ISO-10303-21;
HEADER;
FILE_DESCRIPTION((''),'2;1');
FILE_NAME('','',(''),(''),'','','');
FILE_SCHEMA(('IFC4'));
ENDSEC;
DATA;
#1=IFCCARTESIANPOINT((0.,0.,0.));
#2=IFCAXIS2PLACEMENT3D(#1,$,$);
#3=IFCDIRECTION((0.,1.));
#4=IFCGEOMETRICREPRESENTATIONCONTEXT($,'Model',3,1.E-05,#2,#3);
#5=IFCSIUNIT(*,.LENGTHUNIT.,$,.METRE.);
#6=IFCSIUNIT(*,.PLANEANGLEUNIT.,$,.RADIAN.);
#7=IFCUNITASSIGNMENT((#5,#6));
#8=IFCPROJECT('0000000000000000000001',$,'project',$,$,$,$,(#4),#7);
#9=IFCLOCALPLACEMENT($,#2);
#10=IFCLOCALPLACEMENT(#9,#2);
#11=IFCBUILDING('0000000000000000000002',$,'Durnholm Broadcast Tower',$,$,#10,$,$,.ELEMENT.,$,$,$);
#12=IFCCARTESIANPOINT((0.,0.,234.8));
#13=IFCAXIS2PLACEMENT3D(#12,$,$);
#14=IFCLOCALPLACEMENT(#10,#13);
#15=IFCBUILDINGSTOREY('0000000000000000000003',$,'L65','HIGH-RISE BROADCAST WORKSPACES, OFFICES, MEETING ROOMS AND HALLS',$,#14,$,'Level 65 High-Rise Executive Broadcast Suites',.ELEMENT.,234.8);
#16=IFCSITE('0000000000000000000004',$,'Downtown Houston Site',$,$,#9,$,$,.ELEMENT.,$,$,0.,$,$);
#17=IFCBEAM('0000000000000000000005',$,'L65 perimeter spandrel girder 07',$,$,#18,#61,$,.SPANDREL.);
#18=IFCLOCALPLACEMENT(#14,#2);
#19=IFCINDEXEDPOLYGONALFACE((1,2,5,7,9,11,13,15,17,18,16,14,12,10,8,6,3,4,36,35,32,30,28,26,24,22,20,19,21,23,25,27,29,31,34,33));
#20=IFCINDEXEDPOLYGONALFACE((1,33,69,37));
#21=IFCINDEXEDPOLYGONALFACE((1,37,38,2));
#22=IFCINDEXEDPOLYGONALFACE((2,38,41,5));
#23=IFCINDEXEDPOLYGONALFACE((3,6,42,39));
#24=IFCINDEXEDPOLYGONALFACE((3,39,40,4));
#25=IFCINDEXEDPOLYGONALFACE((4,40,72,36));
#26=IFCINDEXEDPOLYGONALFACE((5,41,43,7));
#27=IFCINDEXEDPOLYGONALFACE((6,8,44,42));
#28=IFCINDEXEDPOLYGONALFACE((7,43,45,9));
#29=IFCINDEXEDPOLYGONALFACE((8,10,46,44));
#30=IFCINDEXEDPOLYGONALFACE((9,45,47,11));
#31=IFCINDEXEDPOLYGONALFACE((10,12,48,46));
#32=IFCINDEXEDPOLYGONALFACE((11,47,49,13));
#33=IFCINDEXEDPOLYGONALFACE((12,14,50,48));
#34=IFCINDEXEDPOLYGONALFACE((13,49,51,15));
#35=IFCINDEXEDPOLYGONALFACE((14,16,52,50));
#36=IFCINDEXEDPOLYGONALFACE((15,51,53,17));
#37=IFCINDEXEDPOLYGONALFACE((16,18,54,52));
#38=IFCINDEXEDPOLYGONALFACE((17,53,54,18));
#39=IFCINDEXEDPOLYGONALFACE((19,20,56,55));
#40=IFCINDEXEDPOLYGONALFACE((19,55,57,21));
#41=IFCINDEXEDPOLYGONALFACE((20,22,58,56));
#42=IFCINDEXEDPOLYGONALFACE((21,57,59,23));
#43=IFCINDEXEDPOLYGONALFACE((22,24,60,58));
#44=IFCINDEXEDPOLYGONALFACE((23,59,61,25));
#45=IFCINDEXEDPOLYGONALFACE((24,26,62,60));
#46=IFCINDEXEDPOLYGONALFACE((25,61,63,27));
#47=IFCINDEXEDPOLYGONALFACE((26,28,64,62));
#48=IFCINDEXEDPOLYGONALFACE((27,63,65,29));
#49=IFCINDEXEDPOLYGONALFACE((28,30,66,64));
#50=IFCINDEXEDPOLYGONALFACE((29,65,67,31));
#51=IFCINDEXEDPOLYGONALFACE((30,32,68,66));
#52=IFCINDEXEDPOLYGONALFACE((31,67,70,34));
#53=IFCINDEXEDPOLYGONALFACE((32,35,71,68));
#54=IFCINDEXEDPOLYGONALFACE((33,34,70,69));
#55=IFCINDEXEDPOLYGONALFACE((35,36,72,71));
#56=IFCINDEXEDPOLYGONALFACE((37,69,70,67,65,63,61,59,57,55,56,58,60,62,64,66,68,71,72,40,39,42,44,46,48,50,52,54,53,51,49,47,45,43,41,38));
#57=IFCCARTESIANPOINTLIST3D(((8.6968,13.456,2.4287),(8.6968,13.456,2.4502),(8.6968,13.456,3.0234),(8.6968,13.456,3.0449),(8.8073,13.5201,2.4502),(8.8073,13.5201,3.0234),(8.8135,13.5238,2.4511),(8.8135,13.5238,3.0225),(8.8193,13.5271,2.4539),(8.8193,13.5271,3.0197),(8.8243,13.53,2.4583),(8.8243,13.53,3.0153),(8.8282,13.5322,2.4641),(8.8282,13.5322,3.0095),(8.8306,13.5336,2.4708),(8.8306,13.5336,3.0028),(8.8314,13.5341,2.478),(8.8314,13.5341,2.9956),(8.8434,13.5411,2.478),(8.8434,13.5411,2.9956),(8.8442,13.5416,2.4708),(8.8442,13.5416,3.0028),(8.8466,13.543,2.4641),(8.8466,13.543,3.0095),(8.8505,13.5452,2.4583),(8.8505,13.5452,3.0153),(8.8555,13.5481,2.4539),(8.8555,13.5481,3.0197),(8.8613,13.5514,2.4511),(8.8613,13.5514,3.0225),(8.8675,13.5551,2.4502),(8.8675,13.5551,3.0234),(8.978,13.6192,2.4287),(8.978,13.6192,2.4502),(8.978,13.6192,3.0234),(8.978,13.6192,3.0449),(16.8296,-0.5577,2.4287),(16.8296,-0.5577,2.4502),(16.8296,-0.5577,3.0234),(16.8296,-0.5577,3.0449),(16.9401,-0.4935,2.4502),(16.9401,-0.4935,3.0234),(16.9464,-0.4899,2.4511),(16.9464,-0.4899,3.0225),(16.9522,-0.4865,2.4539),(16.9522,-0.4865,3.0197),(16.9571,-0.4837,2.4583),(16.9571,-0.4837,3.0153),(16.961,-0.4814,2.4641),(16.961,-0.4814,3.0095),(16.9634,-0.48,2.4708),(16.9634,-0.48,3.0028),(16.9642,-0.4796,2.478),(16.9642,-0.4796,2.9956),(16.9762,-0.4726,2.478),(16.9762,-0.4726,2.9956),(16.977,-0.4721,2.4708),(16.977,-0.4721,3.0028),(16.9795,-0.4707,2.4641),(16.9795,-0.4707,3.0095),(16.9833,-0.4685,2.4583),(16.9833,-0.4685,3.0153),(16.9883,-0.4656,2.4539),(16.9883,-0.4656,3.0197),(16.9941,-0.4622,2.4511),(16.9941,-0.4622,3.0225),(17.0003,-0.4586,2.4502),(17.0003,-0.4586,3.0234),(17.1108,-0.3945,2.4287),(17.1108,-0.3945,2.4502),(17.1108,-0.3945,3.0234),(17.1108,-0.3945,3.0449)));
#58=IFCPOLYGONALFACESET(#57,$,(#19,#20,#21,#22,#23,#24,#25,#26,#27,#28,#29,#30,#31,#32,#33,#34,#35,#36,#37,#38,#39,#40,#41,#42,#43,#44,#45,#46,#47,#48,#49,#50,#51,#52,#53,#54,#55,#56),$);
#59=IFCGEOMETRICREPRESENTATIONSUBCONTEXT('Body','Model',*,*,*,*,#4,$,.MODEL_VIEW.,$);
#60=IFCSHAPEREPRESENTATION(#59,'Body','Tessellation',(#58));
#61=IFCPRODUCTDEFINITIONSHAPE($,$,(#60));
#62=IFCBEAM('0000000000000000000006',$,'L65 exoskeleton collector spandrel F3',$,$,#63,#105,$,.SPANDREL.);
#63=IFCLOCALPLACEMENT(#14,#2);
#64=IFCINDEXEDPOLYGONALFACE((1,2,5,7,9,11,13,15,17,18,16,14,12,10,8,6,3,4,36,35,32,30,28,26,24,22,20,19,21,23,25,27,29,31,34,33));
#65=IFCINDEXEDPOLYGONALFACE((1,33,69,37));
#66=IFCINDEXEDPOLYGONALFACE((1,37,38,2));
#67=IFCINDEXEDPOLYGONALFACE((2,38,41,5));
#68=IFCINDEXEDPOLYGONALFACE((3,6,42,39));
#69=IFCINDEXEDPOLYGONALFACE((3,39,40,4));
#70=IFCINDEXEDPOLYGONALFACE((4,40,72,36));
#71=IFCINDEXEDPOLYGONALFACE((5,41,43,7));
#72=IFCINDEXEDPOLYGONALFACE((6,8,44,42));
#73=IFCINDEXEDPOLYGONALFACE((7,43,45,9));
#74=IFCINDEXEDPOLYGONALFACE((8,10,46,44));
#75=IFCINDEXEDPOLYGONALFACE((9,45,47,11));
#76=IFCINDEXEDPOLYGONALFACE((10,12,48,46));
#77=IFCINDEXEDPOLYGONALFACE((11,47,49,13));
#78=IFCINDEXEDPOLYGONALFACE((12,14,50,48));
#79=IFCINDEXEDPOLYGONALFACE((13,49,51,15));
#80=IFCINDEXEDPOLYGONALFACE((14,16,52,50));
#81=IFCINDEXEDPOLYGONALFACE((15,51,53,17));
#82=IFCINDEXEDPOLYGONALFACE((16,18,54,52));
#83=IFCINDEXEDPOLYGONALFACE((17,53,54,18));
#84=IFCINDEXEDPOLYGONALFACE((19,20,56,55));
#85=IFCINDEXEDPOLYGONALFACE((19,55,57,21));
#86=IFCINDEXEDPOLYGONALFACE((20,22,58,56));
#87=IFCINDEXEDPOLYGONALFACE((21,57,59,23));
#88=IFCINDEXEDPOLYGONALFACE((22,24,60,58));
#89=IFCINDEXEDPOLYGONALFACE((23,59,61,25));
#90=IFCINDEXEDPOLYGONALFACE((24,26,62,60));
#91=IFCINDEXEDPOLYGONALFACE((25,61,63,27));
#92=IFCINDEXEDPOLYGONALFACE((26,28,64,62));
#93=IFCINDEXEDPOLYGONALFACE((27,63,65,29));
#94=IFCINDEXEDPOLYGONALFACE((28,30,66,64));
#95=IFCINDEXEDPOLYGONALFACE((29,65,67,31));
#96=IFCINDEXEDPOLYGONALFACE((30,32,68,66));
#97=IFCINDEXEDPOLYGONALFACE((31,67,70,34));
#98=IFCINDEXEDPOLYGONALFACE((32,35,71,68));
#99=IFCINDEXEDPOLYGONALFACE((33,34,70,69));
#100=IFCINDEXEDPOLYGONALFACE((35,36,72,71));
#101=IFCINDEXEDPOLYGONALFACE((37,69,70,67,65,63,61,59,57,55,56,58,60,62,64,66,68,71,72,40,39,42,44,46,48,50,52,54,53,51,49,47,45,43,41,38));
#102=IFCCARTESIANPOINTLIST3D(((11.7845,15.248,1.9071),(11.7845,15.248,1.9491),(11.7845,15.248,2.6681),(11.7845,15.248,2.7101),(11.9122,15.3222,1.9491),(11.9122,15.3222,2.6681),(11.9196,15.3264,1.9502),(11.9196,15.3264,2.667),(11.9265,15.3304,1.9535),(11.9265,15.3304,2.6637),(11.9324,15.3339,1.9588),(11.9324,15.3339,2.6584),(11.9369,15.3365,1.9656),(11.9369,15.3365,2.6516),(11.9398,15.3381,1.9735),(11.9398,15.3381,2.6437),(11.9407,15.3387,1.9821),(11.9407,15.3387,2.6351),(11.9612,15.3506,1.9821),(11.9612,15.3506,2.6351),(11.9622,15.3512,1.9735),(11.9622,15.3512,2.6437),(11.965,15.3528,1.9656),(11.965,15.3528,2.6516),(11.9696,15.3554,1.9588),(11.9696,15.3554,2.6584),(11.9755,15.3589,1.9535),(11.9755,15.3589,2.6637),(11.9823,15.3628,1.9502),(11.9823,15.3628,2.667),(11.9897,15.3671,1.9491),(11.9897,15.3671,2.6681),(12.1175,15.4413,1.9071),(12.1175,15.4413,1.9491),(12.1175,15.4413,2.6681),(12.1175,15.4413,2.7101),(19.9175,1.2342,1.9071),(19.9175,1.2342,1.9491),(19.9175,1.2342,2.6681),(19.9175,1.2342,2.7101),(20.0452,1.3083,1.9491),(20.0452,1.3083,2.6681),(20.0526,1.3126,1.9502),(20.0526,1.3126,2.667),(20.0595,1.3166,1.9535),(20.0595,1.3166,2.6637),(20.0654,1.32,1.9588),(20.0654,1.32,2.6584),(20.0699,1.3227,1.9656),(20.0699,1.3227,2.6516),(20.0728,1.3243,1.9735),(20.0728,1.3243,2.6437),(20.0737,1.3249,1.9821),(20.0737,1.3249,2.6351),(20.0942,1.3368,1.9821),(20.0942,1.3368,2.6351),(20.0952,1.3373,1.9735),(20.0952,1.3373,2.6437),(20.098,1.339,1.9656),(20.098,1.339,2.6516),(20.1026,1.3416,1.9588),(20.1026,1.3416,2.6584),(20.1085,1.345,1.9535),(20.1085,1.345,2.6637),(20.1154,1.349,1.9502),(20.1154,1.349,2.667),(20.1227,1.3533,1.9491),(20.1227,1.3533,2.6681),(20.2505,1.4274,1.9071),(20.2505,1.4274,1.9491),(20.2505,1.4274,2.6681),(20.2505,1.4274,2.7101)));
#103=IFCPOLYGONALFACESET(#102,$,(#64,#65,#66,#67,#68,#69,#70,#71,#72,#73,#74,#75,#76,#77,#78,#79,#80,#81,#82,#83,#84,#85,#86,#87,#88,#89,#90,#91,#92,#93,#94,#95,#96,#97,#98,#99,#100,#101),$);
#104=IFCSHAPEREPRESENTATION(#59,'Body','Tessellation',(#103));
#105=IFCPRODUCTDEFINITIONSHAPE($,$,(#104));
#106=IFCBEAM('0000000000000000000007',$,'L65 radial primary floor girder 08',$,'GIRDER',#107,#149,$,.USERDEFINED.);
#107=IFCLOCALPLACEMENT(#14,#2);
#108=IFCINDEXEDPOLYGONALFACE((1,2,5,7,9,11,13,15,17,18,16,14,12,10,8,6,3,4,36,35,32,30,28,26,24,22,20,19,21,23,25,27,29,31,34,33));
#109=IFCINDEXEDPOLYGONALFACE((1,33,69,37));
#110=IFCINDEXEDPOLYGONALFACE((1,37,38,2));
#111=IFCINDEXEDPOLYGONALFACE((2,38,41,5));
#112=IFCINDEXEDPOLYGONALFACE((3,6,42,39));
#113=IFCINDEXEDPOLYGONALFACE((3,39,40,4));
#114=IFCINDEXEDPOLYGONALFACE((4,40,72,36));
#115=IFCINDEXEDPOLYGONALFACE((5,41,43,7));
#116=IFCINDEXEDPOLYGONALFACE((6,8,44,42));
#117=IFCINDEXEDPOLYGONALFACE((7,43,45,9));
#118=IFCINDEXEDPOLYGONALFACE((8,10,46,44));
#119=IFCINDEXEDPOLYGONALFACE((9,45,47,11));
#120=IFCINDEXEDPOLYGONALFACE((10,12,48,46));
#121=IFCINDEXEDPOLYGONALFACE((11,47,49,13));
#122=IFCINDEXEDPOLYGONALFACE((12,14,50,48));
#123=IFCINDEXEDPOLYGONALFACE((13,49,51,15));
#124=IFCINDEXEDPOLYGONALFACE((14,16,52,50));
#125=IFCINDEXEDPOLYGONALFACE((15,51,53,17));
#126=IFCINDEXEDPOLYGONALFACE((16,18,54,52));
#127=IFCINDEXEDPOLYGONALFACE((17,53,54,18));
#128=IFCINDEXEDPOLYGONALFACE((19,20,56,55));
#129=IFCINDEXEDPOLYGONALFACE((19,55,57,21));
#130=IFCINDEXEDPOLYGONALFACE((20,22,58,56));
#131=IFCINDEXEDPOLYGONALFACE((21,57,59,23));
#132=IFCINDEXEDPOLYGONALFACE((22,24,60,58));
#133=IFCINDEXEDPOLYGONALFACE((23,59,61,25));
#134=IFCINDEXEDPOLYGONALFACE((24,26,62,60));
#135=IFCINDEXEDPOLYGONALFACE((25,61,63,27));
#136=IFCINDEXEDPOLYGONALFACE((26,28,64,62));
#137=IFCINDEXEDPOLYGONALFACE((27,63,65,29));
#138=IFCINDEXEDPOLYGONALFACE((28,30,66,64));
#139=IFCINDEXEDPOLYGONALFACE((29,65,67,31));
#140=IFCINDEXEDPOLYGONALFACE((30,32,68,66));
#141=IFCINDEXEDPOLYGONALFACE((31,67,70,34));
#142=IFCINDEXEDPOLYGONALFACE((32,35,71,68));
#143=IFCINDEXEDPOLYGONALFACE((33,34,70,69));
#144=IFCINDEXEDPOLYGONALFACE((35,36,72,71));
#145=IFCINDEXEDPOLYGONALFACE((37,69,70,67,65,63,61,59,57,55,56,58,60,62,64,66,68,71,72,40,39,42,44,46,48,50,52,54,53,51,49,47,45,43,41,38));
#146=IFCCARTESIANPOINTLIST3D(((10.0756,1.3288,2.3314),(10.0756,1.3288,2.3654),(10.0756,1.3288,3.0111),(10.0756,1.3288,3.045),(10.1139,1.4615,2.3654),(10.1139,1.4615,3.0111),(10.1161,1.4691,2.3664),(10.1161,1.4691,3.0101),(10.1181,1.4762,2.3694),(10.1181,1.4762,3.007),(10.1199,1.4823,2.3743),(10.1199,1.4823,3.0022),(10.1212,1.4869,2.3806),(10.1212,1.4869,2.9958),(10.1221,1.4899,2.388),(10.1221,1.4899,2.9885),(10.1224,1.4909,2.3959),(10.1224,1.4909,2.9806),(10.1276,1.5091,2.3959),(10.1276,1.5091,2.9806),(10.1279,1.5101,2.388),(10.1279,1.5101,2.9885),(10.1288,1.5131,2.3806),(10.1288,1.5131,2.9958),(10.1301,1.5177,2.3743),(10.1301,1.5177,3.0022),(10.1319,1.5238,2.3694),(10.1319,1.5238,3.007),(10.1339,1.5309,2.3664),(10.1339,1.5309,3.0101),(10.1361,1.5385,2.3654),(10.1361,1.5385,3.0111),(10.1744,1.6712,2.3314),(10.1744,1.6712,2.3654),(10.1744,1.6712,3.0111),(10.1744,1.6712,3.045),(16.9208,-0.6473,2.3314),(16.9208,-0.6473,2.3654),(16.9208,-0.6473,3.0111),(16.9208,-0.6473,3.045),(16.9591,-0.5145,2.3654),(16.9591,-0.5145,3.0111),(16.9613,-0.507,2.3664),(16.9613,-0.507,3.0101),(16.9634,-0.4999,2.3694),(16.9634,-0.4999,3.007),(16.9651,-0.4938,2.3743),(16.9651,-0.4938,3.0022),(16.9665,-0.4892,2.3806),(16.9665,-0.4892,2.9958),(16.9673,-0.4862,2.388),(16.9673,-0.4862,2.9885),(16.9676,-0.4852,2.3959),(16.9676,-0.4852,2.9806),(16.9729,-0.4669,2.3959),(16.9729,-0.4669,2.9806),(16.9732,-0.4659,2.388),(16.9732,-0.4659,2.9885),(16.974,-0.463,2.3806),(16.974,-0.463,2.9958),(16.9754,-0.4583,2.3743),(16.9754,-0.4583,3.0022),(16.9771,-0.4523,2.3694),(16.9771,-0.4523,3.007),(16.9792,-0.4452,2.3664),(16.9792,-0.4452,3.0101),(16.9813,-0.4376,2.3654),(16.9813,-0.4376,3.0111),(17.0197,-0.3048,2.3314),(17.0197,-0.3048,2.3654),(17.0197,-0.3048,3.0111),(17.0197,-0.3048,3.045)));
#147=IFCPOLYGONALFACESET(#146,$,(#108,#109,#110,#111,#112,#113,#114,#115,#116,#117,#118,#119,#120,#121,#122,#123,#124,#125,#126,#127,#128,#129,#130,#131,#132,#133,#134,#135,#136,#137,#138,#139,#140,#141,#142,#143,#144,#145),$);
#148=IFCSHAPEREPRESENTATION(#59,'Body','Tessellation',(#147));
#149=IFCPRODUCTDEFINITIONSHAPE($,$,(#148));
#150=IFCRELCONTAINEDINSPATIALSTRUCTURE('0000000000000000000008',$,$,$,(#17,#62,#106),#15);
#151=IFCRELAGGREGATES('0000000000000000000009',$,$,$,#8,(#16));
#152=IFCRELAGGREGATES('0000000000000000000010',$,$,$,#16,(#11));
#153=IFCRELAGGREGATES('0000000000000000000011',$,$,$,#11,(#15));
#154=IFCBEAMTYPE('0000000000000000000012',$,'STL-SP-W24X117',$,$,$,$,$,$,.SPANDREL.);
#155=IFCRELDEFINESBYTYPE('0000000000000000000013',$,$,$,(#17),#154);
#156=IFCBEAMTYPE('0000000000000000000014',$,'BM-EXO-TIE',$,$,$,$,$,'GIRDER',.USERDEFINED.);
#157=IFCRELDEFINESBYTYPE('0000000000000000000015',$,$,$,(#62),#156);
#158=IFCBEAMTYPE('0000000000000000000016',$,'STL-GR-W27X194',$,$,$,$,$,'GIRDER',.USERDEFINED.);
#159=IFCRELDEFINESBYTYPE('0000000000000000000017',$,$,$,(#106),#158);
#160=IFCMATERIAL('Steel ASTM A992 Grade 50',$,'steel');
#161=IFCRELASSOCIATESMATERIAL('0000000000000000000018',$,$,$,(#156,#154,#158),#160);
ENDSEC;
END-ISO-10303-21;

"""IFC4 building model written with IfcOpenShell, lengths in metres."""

from ifc_helpers import new_model, si_unit, direction, frame, origin, origin_2d, place, context, subcontext, project, spatial, i_section, extrude, source, transform, mapped, material, material_profile, profile_set, type_object, element, save


model = new_model("IFC4")

# Units and contexts
model_context = context("Model", 3, precision=1e-05, world=origin(), true_north=direction((0.0, 1.0)))
body_context = subcontext(model_context, "Body", "Model", "MODEL_VIEW")
ifc_project = project(units=[si_unit("LENGTHUNIT", "METRE"), si_unit("PLANEANGLEUNIT", "RADIAN")], contexts=[model_context])

# Site, building, storey
site_placement = place(None, origin())
site = spatial("IfcSite", under=ifc_project, at=site_placement, Name="Downtown Houston Site", CompositionType="ELEMENT", RefElevation=0.0)
building_placement = place(site_placement, origin())
building = spatial("IfcBuilding", under=site, at=building_placement, Name="Durnholm Broadcast Tower", CompositionType="ELEMENT")
storey_placement = place(building_placement, frame((0.0, 0.0, 234.8)))
storey = spatial("IfcBuildingStorey", under=building, at=storey_placement, Name="L65", Description="HIGH-RISE BROADCAST WORKSPACES, OFFICES, MEETING ROOMS AND HALLS", LongName="Level 65 High-Rise Executive Broadcast Suites", CompositionType="ELEMENT", Elevation=234.8)

# Beams
ifc_material_1 = material(Name="Steel ASTM A992 Grade 50", Category="steel")
ifc_material_profile_1 = material_profile(ifc_material_1, i_section(OverallWidth=0.385, OverallDepth=0.803, WebThickness=0.0237, FlangeThickness=0.042, FilletRadius=0.033, at=origin_2d()), Name="W30X261")
ifc_profile_set_1 = profile_set([ifc_material_profile_1], Name="Steel ASTM A992 Grade 50")
beam_type_1 = type_object("IfcBeamType", Name="BM-EXO-TIE", ElementType="GIRDER", PredefinedType="USERDEFINED", material=ifc_profile_set_1)
ifc_material_profile_2 = material_profile(ifc_material_1, i_section(OverallWidth=0.3252, OverallDepth=0.6162, WebThickness=0.0139, FlangeThickness=0.0215, FilletRadius=0.0278, at=origin_2d()), Name="W24X117")
ifc_profile_set_2 = profile_set([ifc_material_profile_2], Name="Steel ASTM A992 Grade 50")
beam_type_2 = type_object("IfcBeamType", Name="STL-SP-W24X117", PredefinedType="SPANDREL", material=ifc_profile_set_2)
shared_shape_1 = source(origin(), body_context, "Body", "SweptSolid", [
    extrude(i_section(OverallWidth=0.3252, OverallDepth=0.6162, WebThickness=0.0139, FlangeThickness=0.0215, FilletRadius=0.0278, at=origin_2d()), origin(), (0.0, 0.0, 1.0), 16.2026),
])
beam_1_placement = place(storey_placement, frame((8.8374, 13.5376, 2.7368), z_axis=(0.501944, -0.8649, 0.0), x_axis=(0.8649, 0.501944, 0.0)))
element("IfcBeam", 1, at=beam_1_placement, inside=storey, type_object=beam_type_2, Name="L65 perimeter spandrel girder 07", PredefinedType="SPANDREL", context=body_context, shape_type="MappedRepresentation", body=[
    mapped(shared_shape_1, transform((0.0, 0.0, 0.0), x_axis=(1.0, 0.0, 0.0), y_axis=(0.0, 1.0, 0.0), z_axis=(0.0, 0.0, 1.0), scale=1.0)),
])
shared_shape_2 = source(origin(), body_context, "Body", "SweptSolid", [
    extrude(i_section(OverallWidth=0.385, OverallDepth=0.803, WebThickness=0.0237, FlangeThickness=0.042, FilletRadius=0.033, at=origin_2d()), origin(), (0.0, 0.0, 1.0), 16.2029),
])
beam_2_placement = place(storey_placement, frame((20.084, 1.3308, 2.3086), z_axis=(-0.501948, 0.864898, 0.0), x_axis=(-0.864898, -0.501948, 0.0)))
element("IfcBeam", 2, at=beam_2_placement, inside=storey, type_object=beam_type_1, Name="L65 exoskeleton collector spandrel F3", PredefinedType="SPANDREL", context=body_context, shape_type="MappedRepresentation", body=[
    mapped(shared_shape_2, transform((0.0, 0.0, 0.0), x_axis=(1.0, 0.0, 0.0), y_axis=(0.0, 1.0, 0.0), z_axis=(0.0, 0.0, 1.0), scale=1.0)),
])
ifc_material_profile_3 = material_profile(ifc_material_1, i_section(OverallWidth=0.3564, OverallDepth=0.7136, WebThickness=0.019, FlangeThickness=0.0339, FilletRadius=0.0305, at=origin_2d()), Name="W27X194")
ifc_profile_set_3 = profile_set([ifc_material_profile_3], Name="Steel ASTM A992 Grade 50")
beam_type_3 = type_object("IfcBeamType", Name="STL-GR-W27X194", ElementType="GIRDER", PredefinedType="USERDEFINED", material=ifc_profile_set_3)
shared_shape_3 = source(origin(), body_context, "Body", "SweptSolid", [
    extrude(i_section(OverallWidth=0.3564, OverallDepth=0.7136, WebThickness=0.019, FlangeThickness=0.0339, FilletRadius=0.0305, at=origin_2d()), origin(), (0.0, 0.0, 1.0), 7.1248),
])
beam_3_placement = place(storey_placement, frame((10.125, 1.5, 2.6882), z_axis=(0.960768, -0.277354, 0.0), x_axis=(0.277354, 0.960768, 0.0)))
element("IfcBeam", 3, at=beam_3_placement, inside=storey, type_object=beam_type_3, Name="L65 radial primary floor girder 08", ObjectType="GIRDER", PredefinedType="USERDEFINED", context=body_context, shape_type="MappedRepresentation", body=[
    mapped(shared_shape_3, transform((0.0, 0.0, 0.0), x_axis=(1.0, 0.0, 0.0), y_axis=(0.0, 1.0, 0.0), z_axis=(0.0, 0.0, 1.0), scale=1.0)),
])

save(model, "model.ifc")
